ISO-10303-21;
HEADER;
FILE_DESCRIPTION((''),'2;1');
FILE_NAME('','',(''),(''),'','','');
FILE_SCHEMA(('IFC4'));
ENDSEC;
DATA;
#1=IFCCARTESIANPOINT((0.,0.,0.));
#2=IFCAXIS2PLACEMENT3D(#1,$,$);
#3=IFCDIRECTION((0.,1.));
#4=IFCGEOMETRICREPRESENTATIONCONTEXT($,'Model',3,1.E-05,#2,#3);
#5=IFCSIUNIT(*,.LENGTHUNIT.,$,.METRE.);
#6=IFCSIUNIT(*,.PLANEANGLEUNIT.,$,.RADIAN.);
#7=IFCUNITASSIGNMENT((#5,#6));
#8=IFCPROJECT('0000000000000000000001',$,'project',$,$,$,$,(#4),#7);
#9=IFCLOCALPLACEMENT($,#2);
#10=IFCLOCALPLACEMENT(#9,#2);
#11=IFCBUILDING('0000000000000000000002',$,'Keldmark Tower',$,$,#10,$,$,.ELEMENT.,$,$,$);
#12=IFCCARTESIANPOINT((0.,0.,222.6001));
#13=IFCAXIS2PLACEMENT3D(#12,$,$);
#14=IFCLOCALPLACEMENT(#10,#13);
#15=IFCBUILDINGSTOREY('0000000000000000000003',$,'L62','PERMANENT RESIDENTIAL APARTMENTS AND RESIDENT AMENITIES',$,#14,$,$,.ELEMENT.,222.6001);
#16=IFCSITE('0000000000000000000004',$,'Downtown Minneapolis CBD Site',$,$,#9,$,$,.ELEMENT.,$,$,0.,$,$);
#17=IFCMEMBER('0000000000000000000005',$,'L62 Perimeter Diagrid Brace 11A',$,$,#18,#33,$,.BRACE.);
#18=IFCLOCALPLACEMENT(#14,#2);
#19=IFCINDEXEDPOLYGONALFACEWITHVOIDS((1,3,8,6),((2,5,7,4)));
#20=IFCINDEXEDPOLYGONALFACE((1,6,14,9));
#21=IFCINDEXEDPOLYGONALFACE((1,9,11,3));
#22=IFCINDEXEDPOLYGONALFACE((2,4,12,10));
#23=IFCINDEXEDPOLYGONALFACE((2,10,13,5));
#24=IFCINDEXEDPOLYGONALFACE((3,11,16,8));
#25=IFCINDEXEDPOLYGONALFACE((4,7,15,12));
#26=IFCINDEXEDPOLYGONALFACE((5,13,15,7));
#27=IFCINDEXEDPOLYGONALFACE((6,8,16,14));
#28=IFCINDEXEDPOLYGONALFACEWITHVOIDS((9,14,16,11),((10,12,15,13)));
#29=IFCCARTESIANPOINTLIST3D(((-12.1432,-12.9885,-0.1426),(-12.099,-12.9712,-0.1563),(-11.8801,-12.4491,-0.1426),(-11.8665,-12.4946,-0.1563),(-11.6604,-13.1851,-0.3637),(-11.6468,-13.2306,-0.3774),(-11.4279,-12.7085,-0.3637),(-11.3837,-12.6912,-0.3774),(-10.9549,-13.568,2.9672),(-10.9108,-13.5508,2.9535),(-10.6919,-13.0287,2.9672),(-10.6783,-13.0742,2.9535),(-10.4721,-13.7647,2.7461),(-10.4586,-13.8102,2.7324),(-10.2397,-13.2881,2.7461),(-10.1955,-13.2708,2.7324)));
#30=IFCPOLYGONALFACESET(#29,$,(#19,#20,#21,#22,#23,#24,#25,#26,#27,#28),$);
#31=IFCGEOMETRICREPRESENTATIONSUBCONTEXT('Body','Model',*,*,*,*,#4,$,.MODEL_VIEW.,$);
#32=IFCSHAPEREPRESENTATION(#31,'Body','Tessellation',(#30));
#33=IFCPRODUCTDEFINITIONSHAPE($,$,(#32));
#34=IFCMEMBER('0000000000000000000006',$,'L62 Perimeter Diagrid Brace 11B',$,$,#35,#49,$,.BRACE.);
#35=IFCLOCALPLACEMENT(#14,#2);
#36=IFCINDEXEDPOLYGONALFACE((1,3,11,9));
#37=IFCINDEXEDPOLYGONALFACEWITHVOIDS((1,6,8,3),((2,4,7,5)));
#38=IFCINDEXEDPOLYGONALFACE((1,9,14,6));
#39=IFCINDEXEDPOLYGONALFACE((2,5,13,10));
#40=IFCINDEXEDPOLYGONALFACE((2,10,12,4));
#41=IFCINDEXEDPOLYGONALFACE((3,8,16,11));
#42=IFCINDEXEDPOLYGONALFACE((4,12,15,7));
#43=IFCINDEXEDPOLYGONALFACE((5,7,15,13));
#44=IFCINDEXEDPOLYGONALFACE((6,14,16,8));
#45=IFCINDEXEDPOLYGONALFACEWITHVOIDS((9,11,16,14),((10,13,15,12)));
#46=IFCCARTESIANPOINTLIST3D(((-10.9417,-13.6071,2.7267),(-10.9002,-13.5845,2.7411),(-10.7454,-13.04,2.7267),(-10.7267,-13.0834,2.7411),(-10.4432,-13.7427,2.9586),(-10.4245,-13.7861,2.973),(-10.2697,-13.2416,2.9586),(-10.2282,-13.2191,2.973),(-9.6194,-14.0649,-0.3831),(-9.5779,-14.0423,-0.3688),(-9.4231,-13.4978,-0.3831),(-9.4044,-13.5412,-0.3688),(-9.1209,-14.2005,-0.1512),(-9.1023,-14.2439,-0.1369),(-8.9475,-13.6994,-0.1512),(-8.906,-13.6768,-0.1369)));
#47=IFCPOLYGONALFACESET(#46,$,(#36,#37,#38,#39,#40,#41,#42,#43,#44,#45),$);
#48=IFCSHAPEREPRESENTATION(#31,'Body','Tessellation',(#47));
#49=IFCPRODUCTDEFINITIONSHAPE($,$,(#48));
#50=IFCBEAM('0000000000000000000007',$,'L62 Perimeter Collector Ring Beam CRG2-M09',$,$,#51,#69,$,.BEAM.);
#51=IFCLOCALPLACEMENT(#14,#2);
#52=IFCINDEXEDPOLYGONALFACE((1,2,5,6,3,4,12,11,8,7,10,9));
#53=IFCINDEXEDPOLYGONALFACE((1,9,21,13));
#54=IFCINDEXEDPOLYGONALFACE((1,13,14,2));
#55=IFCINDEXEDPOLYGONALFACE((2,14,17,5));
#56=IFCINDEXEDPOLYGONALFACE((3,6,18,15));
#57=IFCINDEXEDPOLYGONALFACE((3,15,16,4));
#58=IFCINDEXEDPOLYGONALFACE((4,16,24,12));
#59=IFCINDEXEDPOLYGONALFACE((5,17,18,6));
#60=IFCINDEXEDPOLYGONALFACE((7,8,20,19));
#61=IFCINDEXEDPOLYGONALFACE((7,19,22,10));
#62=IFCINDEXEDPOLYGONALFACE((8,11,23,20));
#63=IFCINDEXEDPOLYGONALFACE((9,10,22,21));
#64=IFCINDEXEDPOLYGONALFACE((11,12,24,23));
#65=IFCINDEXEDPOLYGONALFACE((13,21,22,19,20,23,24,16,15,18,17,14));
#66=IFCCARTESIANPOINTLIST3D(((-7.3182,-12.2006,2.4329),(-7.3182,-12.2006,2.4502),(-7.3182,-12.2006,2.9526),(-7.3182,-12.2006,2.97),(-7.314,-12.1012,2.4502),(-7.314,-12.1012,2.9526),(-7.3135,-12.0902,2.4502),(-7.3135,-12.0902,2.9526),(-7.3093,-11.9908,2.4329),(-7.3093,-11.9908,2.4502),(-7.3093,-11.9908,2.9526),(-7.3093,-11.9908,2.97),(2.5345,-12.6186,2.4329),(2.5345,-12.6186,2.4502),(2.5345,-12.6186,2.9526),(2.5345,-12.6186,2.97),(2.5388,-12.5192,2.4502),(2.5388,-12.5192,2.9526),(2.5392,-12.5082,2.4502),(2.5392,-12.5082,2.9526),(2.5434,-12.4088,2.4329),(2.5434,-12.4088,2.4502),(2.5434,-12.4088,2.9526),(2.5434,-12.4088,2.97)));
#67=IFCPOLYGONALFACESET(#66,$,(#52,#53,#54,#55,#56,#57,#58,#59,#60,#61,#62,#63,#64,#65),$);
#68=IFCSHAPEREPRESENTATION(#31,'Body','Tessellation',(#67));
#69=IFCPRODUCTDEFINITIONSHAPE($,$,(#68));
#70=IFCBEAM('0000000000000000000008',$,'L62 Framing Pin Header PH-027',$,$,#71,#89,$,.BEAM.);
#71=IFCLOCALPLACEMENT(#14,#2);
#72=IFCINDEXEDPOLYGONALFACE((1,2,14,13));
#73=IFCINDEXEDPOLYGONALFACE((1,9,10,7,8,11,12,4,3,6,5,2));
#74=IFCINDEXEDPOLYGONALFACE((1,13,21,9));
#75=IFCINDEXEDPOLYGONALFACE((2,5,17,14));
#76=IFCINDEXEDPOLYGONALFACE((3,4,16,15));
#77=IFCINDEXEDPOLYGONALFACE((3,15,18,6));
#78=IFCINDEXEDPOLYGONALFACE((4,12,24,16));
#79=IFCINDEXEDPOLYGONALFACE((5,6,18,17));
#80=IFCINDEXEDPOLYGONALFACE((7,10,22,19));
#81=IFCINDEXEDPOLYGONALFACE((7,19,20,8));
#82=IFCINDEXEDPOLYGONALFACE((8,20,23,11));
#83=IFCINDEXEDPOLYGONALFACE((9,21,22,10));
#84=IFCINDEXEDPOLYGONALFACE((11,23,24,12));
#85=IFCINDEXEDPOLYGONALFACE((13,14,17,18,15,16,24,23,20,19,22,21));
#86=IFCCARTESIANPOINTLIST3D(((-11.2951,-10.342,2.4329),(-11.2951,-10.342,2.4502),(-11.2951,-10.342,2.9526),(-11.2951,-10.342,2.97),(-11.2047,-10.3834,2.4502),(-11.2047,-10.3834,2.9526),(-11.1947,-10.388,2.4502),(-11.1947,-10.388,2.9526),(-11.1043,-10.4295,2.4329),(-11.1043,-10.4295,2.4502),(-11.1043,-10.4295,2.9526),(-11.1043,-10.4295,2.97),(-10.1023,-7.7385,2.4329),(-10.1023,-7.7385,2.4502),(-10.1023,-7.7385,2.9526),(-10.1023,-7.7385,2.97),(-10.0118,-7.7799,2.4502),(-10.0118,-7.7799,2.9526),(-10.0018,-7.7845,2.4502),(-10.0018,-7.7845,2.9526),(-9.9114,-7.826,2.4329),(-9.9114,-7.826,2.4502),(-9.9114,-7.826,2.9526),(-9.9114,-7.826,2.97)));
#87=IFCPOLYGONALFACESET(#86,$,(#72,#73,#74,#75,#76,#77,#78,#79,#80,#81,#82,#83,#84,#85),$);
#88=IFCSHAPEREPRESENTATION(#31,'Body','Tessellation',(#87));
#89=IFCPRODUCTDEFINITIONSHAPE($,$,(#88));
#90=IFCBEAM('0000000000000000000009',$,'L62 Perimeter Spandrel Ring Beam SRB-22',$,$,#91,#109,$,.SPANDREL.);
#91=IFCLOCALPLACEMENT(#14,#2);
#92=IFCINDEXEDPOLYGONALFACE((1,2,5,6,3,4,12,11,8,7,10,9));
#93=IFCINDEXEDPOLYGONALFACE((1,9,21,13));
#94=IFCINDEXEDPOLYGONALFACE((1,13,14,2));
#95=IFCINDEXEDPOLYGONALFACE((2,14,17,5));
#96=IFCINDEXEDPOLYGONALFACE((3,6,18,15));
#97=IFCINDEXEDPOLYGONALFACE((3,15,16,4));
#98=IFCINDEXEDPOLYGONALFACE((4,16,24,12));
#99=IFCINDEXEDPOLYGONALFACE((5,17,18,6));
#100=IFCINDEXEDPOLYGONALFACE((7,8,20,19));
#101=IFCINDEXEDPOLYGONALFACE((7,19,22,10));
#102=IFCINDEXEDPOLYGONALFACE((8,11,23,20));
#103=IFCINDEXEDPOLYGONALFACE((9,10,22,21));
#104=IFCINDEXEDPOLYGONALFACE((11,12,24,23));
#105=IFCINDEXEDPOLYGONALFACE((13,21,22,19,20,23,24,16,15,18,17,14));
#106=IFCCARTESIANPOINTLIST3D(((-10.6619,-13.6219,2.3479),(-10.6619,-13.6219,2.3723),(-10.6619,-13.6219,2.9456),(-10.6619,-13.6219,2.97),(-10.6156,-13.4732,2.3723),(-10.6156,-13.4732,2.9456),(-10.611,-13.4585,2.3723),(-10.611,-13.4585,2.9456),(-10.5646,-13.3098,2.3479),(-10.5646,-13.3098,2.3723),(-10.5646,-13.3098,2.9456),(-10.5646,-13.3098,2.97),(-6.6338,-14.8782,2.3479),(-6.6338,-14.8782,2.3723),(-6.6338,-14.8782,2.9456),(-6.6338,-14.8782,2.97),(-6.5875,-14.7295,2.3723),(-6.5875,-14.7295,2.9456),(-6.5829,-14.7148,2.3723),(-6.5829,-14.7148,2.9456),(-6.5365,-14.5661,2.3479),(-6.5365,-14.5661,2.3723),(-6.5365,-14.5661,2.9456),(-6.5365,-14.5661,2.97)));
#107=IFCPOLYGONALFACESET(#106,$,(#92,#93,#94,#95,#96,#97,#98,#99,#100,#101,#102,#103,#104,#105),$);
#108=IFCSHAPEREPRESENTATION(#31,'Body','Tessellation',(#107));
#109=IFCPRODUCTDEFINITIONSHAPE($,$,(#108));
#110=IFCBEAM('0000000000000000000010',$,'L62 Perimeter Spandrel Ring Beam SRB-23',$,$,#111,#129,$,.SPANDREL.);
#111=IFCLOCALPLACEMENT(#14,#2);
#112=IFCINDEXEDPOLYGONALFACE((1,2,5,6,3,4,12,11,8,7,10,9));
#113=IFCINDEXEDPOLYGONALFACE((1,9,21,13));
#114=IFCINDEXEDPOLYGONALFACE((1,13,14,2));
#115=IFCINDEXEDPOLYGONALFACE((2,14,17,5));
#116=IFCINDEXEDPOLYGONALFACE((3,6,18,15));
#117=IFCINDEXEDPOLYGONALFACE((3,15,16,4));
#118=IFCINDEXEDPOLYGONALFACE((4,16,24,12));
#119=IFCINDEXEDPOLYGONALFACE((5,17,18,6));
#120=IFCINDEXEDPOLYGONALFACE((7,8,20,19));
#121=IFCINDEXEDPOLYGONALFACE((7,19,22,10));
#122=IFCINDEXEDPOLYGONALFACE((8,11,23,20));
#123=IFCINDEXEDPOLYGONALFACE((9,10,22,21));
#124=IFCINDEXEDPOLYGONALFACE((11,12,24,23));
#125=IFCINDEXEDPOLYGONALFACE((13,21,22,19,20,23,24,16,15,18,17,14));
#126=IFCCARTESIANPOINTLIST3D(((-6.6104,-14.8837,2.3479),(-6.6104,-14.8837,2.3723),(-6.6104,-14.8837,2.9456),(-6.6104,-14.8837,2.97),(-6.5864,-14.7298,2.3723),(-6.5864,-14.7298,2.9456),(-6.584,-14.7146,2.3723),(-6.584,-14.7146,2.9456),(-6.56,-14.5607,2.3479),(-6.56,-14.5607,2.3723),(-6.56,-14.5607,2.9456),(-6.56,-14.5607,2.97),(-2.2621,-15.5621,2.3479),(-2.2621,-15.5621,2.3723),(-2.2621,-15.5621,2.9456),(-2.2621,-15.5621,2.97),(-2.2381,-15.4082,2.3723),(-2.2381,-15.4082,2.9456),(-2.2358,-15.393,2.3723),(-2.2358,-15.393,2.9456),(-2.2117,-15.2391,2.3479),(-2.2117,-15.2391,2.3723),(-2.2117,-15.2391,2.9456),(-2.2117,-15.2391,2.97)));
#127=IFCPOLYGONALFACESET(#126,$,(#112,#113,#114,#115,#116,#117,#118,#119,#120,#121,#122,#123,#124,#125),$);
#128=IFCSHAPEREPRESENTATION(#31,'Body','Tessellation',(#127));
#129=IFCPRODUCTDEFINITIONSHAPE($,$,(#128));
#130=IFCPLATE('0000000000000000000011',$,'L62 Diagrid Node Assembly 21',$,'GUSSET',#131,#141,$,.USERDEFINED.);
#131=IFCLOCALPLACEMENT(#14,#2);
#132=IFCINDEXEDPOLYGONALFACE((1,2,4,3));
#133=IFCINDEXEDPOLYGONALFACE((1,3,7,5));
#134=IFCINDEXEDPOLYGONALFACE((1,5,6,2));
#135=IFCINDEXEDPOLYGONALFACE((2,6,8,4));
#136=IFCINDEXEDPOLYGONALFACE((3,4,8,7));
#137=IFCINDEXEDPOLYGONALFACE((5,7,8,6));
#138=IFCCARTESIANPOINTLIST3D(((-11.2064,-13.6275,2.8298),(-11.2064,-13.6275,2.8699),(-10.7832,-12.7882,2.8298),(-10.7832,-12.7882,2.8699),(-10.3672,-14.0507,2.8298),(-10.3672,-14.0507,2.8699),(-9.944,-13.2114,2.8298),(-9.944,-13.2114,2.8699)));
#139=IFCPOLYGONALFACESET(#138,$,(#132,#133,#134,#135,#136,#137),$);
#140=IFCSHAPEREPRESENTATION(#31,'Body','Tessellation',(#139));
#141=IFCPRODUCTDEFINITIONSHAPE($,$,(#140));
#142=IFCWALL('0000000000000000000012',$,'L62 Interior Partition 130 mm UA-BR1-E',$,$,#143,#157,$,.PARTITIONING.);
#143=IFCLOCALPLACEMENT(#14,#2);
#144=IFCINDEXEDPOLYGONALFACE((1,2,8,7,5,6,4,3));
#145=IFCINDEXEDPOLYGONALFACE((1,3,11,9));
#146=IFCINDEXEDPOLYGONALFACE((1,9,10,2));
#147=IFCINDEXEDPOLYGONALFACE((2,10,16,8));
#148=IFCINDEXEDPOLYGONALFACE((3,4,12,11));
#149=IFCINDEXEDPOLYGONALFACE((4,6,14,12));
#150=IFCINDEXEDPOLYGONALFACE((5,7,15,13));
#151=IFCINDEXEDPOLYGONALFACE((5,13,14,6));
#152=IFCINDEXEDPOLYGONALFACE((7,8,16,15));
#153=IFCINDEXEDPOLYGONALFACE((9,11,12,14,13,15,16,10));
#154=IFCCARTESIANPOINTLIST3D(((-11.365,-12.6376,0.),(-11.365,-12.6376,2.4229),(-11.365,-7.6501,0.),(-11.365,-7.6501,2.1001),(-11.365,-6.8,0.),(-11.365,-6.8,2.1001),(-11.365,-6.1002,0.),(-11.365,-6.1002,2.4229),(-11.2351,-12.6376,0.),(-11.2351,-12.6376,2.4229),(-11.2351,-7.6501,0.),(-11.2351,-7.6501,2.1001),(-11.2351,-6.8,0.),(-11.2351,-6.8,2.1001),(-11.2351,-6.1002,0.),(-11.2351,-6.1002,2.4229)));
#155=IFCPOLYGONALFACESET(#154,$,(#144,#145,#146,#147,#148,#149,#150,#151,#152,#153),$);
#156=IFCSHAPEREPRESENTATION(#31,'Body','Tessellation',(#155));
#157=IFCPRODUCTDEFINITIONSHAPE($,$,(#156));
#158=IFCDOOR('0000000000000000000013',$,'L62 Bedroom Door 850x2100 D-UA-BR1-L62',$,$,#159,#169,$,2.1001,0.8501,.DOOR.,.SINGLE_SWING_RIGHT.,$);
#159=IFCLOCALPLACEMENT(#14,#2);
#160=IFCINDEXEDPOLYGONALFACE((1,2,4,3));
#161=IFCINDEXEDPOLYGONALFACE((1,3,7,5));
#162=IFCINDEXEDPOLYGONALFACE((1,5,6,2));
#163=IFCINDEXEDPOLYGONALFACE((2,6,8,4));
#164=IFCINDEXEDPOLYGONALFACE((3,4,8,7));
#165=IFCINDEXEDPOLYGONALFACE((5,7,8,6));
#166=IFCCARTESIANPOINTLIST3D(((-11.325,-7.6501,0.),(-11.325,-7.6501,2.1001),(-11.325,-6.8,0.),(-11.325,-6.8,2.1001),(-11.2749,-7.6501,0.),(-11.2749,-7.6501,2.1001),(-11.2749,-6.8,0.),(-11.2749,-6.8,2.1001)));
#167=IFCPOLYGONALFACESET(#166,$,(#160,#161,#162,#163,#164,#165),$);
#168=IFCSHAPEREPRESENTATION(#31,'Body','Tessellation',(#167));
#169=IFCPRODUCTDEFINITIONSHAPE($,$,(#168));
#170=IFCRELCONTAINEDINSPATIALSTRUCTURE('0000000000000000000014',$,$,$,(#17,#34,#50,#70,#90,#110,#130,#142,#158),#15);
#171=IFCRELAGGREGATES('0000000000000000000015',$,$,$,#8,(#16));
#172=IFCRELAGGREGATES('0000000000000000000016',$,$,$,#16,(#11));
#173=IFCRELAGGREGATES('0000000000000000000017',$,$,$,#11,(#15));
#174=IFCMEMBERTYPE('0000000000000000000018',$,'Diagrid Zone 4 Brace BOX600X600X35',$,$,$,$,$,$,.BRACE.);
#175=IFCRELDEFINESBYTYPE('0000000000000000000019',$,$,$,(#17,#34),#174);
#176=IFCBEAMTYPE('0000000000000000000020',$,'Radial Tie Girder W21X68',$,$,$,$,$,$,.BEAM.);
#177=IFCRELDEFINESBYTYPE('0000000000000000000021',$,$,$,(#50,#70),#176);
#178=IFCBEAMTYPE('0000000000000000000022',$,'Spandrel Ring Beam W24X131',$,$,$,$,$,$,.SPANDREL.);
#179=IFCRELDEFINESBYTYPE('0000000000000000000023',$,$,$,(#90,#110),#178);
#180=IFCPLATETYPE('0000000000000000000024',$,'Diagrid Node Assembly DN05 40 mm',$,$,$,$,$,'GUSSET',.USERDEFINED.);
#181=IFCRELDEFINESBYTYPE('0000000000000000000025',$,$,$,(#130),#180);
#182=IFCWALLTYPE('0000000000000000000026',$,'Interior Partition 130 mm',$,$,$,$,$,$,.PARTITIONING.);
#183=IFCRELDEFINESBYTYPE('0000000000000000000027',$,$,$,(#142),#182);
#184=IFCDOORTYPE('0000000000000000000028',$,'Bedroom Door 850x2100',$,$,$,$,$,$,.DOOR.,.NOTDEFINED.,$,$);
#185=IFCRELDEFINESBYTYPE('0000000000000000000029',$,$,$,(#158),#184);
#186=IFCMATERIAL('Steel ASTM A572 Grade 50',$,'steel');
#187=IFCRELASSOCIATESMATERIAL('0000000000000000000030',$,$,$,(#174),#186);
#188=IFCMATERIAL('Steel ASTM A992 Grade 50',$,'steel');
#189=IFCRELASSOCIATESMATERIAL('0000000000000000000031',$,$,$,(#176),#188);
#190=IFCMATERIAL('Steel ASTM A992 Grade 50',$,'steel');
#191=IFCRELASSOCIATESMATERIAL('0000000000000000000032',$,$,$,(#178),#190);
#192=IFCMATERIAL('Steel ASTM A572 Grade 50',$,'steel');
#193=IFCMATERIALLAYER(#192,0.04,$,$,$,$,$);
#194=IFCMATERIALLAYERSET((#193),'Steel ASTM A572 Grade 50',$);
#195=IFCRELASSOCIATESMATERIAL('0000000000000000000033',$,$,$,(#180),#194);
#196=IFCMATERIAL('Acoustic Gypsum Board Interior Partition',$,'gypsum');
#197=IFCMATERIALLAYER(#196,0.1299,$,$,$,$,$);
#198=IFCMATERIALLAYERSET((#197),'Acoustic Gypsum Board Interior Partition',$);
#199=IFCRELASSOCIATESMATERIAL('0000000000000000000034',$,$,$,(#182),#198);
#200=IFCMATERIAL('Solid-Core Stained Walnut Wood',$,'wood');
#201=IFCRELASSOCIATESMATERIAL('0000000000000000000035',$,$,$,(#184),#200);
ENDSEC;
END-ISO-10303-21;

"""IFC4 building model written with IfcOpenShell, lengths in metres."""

from ifc_helpers import new_model, si_unit, direction, frame, frame_2d, origin, origin_2d, place, context, subcontext, project, spatial, rectangle, hollow_rectangle, i_section, extrude, material, layer, layer_set, material_profile, profile_set, type_object, element, fill, save


model = new_model("IFC4")

# Units and contexts
model_context = context("Model", 3, precision=1e-05, world=origin(), true_north=direction((0.0, 1.0)))
body_context = subcontext(model_context, "Body", "Model", "MODEL_VIEW")
ifc_project = project(units=[si_unit("LENGTHUNIT", "METRE"), si_unit("PLANEANGLEUNIT", "RADIAN")], contexts=[model_context])

# Site, building, storey
site_placement = place(None, origin())
site = spatial("IfcSite", under=ifc_project, at=site_placement, Name="Downtown Minneapolis CBD Site", CompositionType="ELEMENT", RefElevation=0.0)
building_placement = place(site_placement, origin())
building = spatial("IfcBuilding", under=site, at=building_placement, Name="Keldmark Tower", CompositionType="ELEMENT")
storey_placement = place(building_placement, frame((0.0, 0.0, 222.6001)))
storey = spatial("IfcBuildingStorey", under=building, at=storey_placement, Name="L62", Description="PERMANENT RESIDENTIAL APARTMENTS AND RESIDENT AMENITIES", CompositionType="ELEMENT", Elevation=222.6001)

# Members
ifc_material_1 = material(Name="Steel ASTM A572 Grade 50", Category="steel")
ifc_material_profile_1 = material_profile(ifc_material_1, hollow_rectangle(XDim=0.6001, YDim=0.6001, WallThickness=0.0349, at=origin_2d()), Name="BOX600X600X35")
ifc_profile_set_1 = profile_set([ifc_material_profile_1], Name="Steel ASTM A572 Grade 50")
member_type = type_object("IfcMemberType", Name="Diagrid Zone 4 Brace BOX600X600X35", PredefinedType="BRACE", material=ifc_profile_set_1)
member_1_placement = place(storey_placement, frame((-11.7634, -12.8398, -0.26), z_axis=(0.35163, -0.171516, 0.920293), x_axis=(0.438402, 0.898779, 0.0)))
element("IfcMember", 1, at=member_1_placement, inside=storey, type_object=member_type, Name="L62 Perimeter Diagrid Brace 11A", PredefinedType="BRACE", context=body_context, shape_type="SweptSolid", body=[
    extrude(hollow_rectangle(XDim=0.6001, YDim=0.6001, WallThickness=0.0349, at=origin_2d()), origin(), (0.0, 0.0, 1.0), 3.3792),
])
member_2_placement = place(storey_placement, frame((-9.2627, -13.8708, -0.26), z_axis=(-0.387743, 0.134235, 0.911941), x_axis=(-0.327147, -0.944974, 0.0)))
element("IfcMember", 2, at=member_2_placement, inside=storey, type_object=member_type, Name="L62 Perimeter Diagrid Brace 11B", PredefinedType="BRACE", context=body_context, shape_type="SweptSolid", body=[
    extrude(hollow_rectangle(XDim=0.6001, YDim=0.6001, WallThickness=0.0349, at=origin_2d()), origin(), (0.0, 0.0, 1.0), 3.4102),
])

# Beams
ifc_material_2 = material(Name="Steel ASTM A992 Grade 50", Category="steel")
ifc_material_profile_2 = material_profile(ifc_material_2, i_section(OverallWidth=0.21, OverallDepth=0.5371, WebThickness=0.011, FlangeThickness=0.0173, at=origin_2d()), Name="W21X68")
ifc_profile_set_2 = profile_set([ifc_material_profile_2], Name="Steel ASTM A992 Grade 50")
beam_type_1 = type_object("IfcBeamType", Name="Radial Tie Girder W21X68", PredefinedType="BEAM", material=ifc_profile_set_2)
beam_1_placement = place(storey_placement, frame((-7.3137, -12.0957, 2.7014), z_axis=(0.999101, -0.042383, 0.0), x_axis=(0.042383, 0.999101, 0.0)))
element("IfcBeam", 3, at=beam_1_placement, inside=storey, type_object=beam_type_1, Name="L62 Perimeter Collector Ring Beam CRG2-M09", PredefinedType="BEAM", context=body_context, shape_type="SweptSolid", body=[
    extrude(i_section(OverallWidth=0.21, OverallDepth=0.5371, WebThickness=0.011, FlangeThickness=0.0173, at=origin_2d()), origin(), (0.0, 0.0, 1.0), 9.8616),
])
beam_2_placement = place(storey_placement, frame((-10.0068, -7.7822, 2.7014), z_axis=(-0.416537, -0.909119, 0.0), x_axis=(0.909119, -0.416537, 0.0)))
element("IfcBeam", 4, at=beam_2_placement, inside=storey, type_object=beam_type_1, Name="L62 Framing Pin Header PH-027", PredefinedType="BEAM", context=body_context, shape_type="SweptSolid", body=[
    extrude(i_section(OverallWidth=0.21, OverallDepth=0.5371, WebThickness=0.011, FlangeThickness=0.0173, at=origin_2d()), origin(), (0.0, 0.0, 1.0), 2.8638),
])
ifc_material_3 = material(Name="Steel ASTM A992 Grade 50", Category="steel")
ifc_material_profile_3 = material_profile(ifc_material_3, i_section(OverallWidth=0.3269, OverallDepth=0.6221, WebThickness=0.0154, FlangeThickness=0.0244, at=origin_2d()), Name="W24X131")
ifc_profile_set_3 = profile_set([ifc_material_profile_3], Name="Steel ASTM A992 Grade 50")
beam_type_2 = type_object("IfcBeamType", Name="Spandrel Ring Beam W24X131", PredefinedType="SPANDREL", material=ifc_profile_set_3)
beam_3_placement = place(storey_placement, frame((-10.6133, -13.4658, 2.6589), z_axis=(0.954644, -0.297751, 0.0), x_axis=(0.297751, 0.954644, 0.0)))
element("IfcBeam", 5, at=beam_3_placement, inside=storey, type_object=beam_type_2, Name="L62 Perimeter Spandrel Ring Beam SRB-22", PredefinedType="SPANDREL", context=body_context, shape_type="SweptSolid", body=[
    extrude(i_section(OverallWidth=0.3269, OverallDepth=0.6221, WebThickness=0.0154, FlangeThickness=0.0244, at=origin_2d()), origin(), (0.0, 0.0, 1.0), 4.2195),
])
beam_4_placement = place(storey_placement, frame((-6.5852, -14.7222, 2.6589), z_axis=(0.988046, -0.154162, 0.0), x_axis=(0.154162, 0.988046, 0.0)))
element("IfcBeam", 6, at=beam_4_placement, inside=storey, type_object=beam_type_2, Name="L62 Perimeter Spandrel Ring Beam SRB-23", PredefinedType="SPANDREL", context=body_context, shape_type="SweptSolid", body=[
    extrude(i_section(OverallWidth=0.3269, OverallDepth=0.6221, WebThickness=0.0154, FlangeThickness=0.0244, at=origin_2d()), origin(), (0.0, 0.0, 1.0), 4.4009),
])

# Plate
ifc_material_4 = material(Name="Steel ASTM A572 Grade 50", Category="steel")
ifc_layer_1 = layer(ifc_material_4, 0.04)
ifc_layer_set_1 = layer_set([ifc_layer_1], Name="Steel ASTM A572 Grade 50")
plate_type = type_object("IfcPlateType", Name="Diagrid Node Assembly DN05 40 mm", ElementType="GUSSET", PredefinedType="USERDEFINED", material=ifc_layer_set_1)
plate_placement = place(storey_placement, frame((-10.5752, -13.4194, 2.8298), z_axis=(0.0, 0.0, 1.0), x_axis=(0.8929, -0.450254, 0.0)))
element("IfcPlate", 7, at=plate_placement, inside=storey, type_object=plate_type, Name="L62 Diagrid Node Assembly 21", ObjectType="GUSSET", PredefinedType="USERDEFINED", context=body_context, shape_type="SweptSolid", body=[
    extrude(rectangle(XDim=0.9399, YDim=0.9399, at=origin_2d()), origin(), (0.0, 0.0, 1.0), 0.04),
])

# Wall, opening, door
ifc_material_5 = material(Name="Acoustic Gypsum Board Interior Partition", Category="gypsum")
ifc_layer_2 = layer(ifc_material_5, 0.1299)
ifc_layer_set_2 = layer_set([ifc_layer_2], Name="Acoustic Gypsum Board Interior Partition")
wall_type_1 = type_object("IfcWallType", Name="Interior Partition 130 mm", PredefinedType="PARTITIONING", material=ifc_layer_set_2)
wall_1_placement = place(storey_placement, frame((-11.3, -12.6375, 0.0), z_axis=(0.0, 0.0, 1.0), x_axis=(0.0, 1.0, 0.0)))
wall_1 = element("IfcWall", 8, at=wall_1_placement, inside=storey, type_object=wall_type_1, Name="L62 Interior Partition 130 mm UA-BR1-E", PredefinedType="PARTITIONING", context=body_context, shape_type="SweptSolid", body=[
    extrude(rectangle(XDim=6.5374, YDim=0.1299, at=frame_2d((3.2686, 0.0))), origin(), (0.0, 0.0, 1.0), 2.4229),
])
opening_1_placement = place(wall_1_placement, frame((4.9873, 0.0, 0.0)))
opening_1 = element("IfcOpeningElement", 9, at=opening_1_placement, cuts=wall_1, PredefinedType="OPENING", context=body_context, shape_type="SweptSolid", body=[
    extrude(rectangle(XDim=0.8501, YDim=2.1001, at=frame_2d((0.425, 1.05))), frame((0.0, 0.075, 0.0), z_axis=(0.0, -1.0, 0.0), x_axis=(1.0, 0.0, 0.0)), (0.0, 0.0, 1.0), 0.1499),
])
ifc_material_6 = material(Name="Solid-Core Stained Walnut Wood", Category="wood")
door_type_1 = type_object("IfcDoorType", Name="Bedroom Door 850x2100", OperationType="NOTDEFINED", PredefinedType="DOOR", material=ifc_material_6)
door_1_placement = place(opening_1_placement, origin())
door_1 = element("IfcDoor", 10, at=door_1_placement, inside=storey, type_object=door_type_1, Name="L62 Bedroom Door 850x2100 D-UA-BR1-L62", OperationType="SINGLE_SWING_RIGHT", OverallHeight=2.1001, OverallWidth=0.8501, PredefinedType="DOOR", context=body_context, shape_type="SweptSolid", body=[
    extrude(rectangle(XDim=0.8501, YDim=2.1001, at=frame_2d((0.425, 1.05))), frame((0.0, 0.0249, 0.0), z_axis=(0.0, -1.0, 0.0), x_axis=(1.0, 0.0, 0.0)), (0.0, 0.0, 1.0), 0.05),
])
fill(opening_1, door_1)

save(model, "model.ifc")
